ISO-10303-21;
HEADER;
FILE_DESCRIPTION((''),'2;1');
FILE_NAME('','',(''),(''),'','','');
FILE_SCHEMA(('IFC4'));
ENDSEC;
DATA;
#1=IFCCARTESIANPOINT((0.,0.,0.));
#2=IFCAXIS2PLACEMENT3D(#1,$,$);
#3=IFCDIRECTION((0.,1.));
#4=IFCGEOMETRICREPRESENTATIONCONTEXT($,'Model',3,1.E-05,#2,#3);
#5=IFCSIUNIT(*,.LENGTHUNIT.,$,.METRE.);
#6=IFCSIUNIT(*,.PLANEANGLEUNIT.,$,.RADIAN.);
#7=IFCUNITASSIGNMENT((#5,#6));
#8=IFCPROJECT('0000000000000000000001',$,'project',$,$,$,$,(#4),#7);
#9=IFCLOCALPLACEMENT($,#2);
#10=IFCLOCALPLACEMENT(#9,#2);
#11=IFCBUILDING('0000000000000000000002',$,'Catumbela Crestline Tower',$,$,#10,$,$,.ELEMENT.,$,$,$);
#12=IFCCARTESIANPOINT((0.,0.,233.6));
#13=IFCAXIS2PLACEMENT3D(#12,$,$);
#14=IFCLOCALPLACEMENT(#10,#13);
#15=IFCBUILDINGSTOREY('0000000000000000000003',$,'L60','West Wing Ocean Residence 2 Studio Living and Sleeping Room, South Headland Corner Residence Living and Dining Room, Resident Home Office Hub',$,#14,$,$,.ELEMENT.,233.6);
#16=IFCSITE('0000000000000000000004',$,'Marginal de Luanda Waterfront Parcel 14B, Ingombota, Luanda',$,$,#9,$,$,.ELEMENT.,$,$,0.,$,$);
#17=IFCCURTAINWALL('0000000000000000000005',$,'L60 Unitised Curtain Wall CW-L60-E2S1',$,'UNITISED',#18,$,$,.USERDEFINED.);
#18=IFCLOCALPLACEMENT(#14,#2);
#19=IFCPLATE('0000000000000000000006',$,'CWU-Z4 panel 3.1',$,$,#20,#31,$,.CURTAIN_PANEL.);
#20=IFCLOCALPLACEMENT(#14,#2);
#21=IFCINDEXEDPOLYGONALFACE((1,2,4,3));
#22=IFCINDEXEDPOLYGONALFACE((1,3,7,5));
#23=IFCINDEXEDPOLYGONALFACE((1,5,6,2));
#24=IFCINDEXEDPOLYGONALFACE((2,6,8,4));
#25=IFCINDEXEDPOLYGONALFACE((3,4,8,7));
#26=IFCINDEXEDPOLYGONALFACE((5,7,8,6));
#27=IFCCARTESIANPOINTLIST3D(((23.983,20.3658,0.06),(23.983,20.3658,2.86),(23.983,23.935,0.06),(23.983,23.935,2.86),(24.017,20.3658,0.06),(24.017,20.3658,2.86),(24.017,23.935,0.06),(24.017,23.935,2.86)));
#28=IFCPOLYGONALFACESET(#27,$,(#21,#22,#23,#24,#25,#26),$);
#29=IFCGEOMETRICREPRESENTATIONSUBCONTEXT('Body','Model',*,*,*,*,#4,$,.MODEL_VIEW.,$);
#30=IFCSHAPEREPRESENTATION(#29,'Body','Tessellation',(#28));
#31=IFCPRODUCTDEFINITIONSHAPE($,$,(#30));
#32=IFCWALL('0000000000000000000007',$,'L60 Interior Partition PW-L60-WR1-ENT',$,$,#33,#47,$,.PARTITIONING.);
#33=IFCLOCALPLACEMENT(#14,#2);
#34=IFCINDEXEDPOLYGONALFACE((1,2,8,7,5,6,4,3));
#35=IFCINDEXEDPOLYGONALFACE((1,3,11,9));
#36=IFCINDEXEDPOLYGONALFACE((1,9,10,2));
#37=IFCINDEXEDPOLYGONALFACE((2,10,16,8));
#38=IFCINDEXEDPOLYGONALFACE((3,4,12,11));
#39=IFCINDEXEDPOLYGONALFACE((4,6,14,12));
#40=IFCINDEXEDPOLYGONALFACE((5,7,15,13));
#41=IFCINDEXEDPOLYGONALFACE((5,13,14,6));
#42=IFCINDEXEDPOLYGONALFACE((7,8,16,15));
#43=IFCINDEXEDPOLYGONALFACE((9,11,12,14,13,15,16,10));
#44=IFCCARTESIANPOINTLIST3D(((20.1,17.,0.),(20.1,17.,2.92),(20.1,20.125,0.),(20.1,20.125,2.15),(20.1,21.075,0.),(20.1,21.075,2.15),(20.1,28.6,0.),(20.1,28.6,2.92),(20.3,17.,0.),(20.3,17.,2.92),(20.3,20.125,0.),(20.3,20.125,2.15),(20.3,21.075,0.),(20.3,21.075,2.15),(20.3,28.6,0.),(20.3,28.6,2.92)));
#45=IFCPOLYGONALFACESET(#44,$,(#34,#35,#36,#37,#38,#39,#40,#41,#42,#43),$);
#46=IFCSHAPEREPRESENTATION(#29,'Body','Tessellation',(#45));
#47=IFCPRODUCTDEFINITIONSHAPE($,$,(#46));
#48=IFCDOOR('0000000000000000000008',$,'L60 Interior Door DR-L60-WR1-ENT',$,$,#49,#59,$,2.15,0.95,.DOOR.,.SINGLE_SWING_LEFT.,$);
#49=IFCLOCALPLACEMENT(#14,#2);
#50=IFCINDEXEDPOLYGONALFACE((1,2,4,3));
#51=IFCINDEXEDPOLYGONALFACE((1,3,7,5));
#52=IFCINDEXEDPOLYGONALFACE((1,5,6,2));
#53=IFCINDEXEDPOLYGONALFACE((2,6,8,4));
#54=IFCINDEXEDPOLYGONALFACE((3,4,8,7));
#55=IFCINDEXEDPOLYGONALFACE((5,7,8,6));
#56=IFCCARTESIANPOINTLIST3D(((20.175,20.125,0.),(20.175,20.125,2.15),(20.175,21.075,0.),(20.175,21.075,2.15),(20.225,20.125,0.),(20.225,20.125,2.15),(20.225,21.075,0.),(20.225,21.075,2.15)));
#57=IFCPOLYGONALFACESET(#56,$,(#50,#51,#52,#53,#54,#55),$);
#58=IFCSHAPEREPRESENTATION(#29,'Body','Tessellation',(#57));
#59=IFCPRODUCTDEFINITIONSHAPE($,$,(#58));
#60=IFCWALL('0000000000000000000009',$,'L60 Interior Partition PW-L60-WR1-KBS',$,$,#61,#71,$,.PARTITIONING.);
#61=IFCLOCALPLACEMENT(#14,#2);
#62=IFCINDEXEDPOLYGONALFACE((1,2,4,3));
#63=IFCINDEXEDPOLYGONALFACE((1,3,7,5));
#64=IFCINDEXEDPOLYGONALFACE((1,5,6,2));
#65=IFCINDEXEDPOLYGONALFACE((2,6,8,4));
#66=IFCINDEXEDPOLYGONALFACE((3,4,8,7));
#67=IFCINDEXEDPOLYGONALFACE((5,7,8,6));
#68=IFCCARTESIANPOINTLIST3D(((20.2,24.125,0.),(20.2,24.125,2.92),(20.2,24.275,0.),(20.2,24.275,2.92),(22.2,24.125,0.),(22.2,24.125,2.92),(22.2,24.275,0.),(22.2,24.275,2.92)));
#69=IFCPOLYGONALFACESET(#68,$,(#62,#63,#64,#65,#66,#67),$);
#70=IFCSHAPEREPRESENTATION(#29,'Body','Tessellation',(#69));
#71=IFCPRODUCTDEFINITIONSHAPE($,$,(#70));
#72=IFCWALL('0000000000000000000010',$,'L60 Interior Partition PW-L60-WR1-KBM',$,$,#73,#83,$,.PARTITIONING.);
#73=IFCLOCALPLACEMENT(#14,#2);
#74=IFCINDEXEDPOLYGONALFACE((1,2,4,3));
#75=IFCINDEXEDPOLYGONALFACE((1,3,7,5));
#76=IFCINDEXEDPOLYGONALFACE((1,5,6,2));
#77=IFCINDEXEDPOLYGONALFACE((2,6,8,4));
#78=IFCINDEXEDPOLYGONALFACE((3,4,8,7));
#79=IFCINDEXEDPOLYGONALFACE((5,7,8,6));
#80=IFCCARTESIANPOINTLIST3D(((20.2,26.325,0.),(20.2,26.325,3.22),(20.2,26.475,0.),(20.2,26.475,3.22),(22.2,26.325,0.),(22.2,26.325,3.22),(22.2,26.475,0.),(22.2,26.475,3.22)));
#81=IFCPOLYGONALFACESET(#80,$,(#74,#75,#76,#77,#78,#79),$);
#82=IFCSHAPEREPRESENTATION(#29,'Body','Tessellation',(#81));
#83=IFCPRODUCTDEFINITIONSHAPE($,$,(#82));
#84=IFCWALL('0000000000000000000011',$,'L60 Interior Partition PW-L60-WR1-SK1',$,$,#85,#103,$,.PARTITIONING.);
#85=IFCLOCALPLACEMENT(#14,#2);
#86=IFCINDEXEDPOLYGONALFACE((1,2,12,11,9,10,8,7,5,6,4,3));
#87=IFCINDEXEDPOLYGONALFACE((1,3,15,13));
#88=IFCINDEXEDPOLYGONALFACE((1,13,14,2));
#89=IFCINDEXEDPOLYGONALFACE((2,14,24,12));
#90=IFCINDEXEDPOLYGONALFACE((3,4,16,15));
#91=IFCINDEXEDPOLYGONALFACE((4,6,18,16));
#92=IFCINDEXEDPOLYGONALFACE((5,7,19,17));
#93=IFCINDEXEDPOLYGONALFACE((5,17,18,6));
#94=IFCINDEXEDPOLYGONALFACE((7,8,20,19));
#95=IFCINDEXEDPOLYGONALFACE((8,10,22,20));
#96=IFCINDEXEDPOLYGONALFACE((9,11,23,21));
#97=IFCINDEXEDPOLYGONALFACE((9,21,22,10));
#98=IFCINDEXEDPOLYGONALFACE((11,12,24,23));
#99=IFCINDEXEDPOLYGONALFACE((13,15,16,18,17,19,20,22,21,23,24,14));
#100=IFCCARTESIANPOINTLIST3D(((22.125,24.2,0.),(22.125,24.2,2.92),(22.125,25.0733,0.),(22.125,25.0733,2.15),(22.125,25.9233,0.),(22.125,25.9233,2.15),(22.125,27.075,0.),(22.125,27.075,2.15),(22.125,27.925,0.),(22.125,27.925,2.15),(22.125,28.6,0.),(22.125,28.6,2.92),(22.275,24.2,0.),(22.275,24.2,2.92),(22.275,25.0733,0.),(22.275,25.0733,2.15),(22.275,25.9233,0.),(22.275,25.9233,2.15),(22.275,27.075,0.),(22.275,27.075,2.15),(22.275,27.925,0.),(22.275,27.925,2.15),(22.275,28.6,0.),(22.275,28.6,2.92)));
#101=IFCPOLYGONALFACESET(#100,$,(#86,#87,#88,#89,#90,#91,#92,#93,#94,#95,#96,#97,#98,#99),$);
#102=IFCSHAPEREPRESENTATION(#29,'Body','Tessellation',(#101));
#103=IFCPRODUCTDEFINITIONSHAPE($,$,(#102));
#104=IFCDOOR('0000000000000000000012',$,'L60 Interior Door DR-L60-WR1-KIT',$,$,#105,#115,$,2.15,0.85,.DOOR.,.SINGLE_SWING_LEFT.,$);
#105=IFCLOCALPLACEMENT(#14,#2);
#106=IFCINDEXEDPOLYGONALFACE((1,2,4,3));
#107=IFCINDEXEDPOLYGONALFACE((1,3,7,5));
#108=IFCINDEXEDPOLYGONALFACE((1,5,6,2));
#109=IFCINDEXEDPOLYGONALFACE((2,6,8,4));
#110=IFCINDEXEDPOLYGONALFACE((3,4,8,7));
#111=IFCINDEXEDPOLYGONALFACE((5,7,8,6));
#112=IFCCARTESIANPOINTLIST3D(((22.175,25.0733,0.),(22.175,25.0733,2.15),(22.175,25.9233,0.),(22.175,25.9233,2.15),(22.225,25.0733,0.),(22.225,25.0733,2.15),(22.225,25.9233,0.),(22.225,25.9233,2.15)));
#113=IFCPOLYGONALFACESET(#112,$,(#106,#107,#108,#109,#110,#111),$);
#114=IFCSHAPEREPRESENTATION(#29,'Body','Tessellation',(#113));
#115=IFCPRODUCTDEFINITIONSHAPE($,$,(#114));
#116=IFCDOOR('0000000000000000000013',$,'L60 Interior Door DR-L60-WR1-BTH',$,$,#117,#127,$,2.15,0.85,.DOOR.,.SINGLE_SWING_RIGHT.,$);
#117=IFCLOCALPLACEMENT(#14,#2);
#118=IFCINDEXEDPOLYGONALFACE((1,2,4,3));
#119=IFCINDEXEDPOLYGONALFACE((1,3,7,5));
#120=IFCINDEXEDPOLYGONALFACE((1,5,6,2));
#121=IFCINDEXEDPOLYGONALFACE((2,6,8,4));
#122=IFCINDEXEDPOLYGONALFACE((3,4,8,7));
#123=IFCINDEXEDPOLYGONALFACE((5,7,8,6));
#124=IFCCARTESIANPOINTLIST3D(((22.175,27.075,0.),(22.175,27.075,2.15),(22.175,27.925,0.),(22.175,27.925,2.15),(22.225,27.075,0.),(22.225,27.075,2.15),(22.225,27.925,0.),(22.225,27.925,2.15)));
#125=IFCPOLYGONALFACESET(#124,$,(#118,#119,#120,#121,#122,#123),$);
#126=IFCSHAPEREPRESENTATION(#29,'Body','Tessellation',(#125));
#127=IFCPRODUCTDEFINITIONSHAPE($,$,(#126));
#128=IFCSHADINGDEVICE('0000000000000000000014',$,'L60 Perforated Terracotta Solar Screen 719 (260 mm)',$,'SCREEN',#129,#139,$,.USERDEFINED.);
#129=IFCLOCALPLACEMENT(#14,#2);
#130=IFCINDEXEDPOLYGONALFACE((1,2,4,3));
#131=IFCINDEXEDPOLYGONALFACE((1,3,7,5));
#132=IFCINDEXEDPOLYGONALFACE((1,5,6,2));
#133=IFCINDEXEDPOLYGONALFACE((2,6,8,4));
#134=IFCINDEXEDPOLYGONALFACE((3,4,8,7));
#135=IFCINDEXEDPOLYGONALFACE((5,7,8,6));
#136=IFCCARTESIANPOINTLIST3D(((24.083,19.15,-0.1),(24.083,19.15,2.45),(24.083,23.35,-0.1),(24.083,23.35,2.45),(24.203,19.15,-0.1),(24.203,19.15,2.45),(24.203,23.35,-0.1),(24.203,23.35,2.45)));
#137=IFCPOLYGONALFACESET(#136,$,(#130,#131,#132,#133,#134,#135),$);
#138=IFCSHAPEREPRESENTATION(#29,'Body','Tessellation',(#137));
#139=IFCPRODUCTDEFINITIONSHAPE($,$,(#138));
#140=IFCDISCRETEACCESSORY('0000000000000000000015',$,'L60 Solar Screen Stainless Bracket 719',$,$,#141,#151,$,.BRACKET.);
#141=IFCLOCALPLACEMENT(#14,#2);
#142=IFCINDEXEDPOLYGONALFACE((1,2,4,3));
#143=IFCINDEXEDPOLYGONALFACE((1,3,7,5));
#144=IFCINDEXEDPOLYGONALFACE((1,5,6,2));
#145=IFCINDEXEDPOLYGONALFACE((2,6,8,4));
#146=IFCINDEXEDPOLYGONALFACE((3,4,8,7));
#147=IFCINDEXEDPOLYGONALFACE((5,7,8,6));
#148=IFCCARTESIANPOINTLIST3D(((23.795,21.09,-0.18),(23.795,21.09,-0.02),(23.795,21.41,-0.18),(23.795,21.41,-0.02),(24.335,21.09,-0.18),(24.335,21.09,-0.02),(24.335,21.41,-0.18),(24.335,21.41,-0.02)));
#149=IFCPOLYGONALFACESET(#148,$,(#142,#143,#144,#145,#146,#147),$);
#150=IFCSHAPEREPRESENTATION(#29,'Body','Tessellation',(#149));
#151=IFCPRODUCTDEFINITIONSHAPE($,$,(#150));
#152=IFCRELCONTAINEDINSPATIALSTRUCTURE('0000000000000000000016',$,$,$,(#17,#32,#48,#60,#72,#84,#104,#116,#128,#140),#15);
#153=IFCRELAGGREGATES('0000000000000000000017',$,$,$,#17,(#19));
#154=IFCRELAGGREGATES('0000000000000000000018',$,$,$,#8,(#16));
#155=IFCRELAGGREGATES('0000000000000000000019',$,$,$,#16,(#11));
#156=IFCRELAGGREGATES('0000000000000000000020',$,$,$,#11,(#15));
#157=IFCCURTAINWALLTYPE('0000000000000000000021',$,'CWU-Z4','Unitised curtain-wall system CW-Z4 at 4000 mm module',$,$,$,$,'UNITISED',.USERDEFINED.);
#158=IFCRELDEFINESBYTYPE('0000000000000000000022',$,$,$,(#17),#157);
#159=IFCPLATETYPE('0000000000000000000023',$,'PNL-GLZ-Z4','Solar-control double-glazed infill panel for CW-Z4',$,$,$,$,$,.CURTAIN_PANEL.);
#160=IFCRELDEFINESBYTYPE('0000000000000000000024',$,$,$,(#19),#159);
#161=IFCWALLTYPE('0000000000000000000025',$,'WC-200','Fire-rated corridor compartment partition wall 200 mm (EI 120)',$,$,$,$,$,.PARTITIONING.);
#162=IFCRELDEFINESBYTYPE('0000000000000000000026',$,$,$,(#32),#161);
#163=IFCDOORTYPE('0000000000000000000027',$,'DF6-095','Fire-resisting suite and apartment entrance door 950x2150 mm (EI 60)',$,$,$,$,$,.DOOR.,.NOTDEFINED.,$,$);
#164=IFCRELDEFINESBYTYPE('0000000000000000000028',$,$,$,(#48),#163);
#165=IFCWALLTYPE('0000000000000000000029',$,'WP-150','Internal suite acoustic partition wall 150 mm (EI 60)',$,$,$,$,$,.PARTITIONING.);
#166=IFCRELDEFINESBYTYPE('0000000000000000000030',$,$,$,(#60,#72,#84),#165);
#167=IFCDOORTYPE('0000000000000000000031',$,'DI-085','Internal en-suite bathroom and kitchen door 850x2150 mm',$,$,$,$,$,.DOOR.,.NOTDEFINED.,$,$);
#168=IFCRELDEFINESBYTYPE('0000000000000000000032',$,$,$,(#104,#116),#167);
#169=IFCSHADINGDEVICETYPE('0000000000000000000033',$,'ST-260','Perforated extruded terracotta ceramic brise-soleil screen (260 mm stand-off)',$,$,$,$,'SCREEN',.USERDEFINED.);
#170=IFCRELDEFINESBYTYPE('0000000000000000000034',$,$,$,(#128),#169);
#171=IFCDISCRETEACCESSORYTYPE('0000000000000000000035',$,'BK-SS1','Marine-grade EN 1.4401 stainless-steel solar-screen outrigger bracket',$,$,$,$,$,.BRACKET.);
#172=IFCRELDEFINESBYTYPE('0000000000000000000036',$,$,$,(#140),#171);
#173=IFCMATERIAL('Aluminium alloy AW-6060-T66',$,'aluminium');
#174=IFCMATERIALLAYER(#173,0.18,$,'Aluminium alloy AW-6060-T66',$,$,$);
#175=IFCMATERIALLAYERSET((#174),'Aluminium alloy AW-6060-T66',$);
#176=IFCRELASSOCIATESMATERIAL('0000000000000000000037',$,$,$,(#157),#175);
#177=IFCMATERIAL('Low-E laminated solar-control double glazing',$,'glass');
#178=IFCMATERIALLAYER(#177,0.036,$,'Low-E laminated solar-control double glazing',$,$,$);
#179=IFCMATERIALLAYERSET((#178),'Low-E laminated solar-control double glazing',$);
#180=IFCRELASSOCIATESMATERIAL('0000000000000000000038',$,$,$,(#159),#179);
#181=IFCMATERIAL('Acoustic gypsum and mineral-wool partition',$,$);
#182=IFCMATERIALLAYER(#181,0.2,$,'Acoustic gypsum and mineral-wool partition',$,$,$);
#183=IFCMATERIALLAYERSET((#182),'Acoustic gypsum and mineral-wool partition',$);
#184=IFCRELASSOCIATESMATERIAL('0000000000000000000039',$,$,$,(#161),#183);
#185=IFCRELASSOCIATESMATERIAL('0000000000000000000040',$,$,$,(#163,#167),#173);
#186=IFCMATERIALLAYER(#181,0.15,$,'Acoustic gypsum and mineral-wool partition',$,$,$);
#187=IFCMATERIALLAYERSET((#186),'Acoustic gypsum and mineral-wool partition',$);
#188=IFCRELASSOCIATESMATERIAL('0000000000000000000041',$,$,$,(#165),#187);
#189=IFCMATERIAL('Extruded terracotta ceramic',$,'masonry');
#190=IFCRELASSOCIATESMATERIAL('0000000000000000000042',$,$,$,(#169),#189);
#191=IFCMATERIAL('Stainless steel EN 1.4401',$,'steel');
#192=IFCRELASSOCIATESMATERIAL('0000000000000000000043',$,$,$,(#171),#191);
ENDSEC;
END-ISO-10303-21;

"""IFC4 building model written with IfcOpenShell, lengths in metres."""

from ifc_helpers import new_model, si_unit, direction, frame, frame_2d, origin, origin_2d, place, context, subcontext, project, spatial, rectangle, extrude, material, layer, layer_set, type_object, element, fill, aggregate, save


model = new_model("IFC4")

# Units and contexts
model_context = context("Model", 3, precision=1e-05, world=origin(), true_north=direction((0.0, 1.0)))
body_context = subcontext(model_context, "Body", "Model", "MODEL_VIEW")
ifc_project = project(units=[si_unit("LENGTHUNIT", "METRE"), si_unit("PLANEANGLEUNIT", "RADIAN")], contexts=[model_context])

# Site, building, storey
site_placement = place(None, origin())
site = spatial("IfcSite", under=ifc_project, at=site_placement, Name="Marginal de Luanda Waterfront Parcel 14B, Ingombota, Luanda", CompositionType="ELEMENT", RefElevation=0.0)
building_placement = place(site_placement, origin())
building = spatial("IfcBuilding", under=site, at=building_placement, Name="Catumbela Crestline Tower", CompositionType="ELEMENT")
storey_placement = place(building_placement, frame((0.0, 0.0, 233.6)))
storey = spatial("IfcBuildingStorey", under=building, at=storey_placement, Name="L60", Description="West Wing Ocean Residence 2 Studio Living and Sleeping Room, South Headland Corner Residence Living and Dining Room, Resident Home Office Hub", CompositionType="ELEMENT", Elevation=233.6)

# Curtain wall
ifc_material_1 = material(Name="Aluminium alloy AW-6060-T66", Category="aluminium")
ifc_layer_1 = layer(ifc_material_1, 0.18, Name="Aluminium alloy AW-6060-T66")
ifc_layer_set_1 = layer_set([ifc_layer_1], Name="Aluminium alloy AW-6060-T66")
curtain_wall_type = type_object("IfcCurtainWallType", Name="CWU-Z4", Description="Unitised curtain-wall system CW-Z4 at 4000 mm module", ElementType="UNITISED", PredefinedType="USERDEFINED", material=ifc_layer_set_1)
curtain_wall_placement = place(storey_placement, origin())
curtain_wall = element("IfcCurtainWall", 1, at=curtain_wall_placement, inside=storey, type_object=curtain_wall_type, Name="L60 Unitised Curtain Wall CW-L60-E2S1", ObjectType="UNITISED", PredefinedType="USERDEFINED")

# Plate
ifc_material_2 = material(Name="Low-E laminated solar-control double glazing", Category="glass")
ifc_layer_2 = layer(ifc_material_2, 0.036, Name="Low-E laminated solar-control double glazing")
ifc_layer_set_2 = layer_set([ifc_layer_2], Name="Low-E laminated solar-control double glazing")
plate_type = type_object("IfcPlateType", Name="PNL-GLZ-Z4", Description="Solar-control double-glazed infill panel for CW-Z4", PredefinedType="CURTAIN_PANEL", material=ifc_layer_set_2)
plate_1_placement = place(storey_placement, frame((24.0, 22.1504, 0.06), z_axis=(0.0, 0.0, 1.0), x_axis=(0.0, 1.0, 0.0)))
plate_1 = element("IfcPlate", 2, at=plate_1_placement, type_object=plate_type, Name="CWU-Z4 panel 3.1", PredefinedType="CURTAIN_PANEL", context=body_context, shape_type="SweptSolid", body=[
    extrude(rectangle(XDim=3.5692, YDim=0.034, at=origin_2d()), origin(), (0.0, 0.0, 1.0), 2.8),
])
aggregate(curtain_wall, [plate_1])

# Wall, opening, door
ifc_material_3 = material(Name="Acoustic gypsum and mineral-wool partition")
ifc_layer_3 = layer(ifc_material_3, 0.2, Name="Acoustic gypsum and mineral-wool partition")
ifc_layer_set_3 = layer_set([ifc_layer_3], Name="Acoustic gypsum and mineral-wool partition")
wall_type_1 = type_object("IfcWallType", Name="WC-200", Description="Fire-rated corridor compartment partition wall 200 mm (EI 120)", PredefinedType="PARTITIONING", material=ifc_layer_set_3)
wall_1_placement = place(storey_placement, frame((20.2, 17.0, 0.0), z_axis=(0.0, 0.0, 1.0), x_axis=(0.0, 1.0, 0.0)))
wall_1 = element("IfcWall", 3, at=wall_1_placement, inside=storey, type_object=wall_type_1, Name="L60 Interior Partition PW-L60-WR1-ENT", PredefinedType="PARTITIONING", context=body_context, shape_type="SweptSolid", body=[
    extrude(rectangle(XDim=11.6, YDim=0.2, at=frame_2d((5.8, 0.0))), origin(), (0.0, 0.0, 1.0), 2.92),
])
opening_1_placement = place(wall_1_placement, frame((3.125, 0.0, 0.0)))
opening_1 = element("IfcOpeningElement", 4, at=opening_1_placement, cuts=wall_1, PredefinedType="OPENING", context=body_context, shape_type="SweptSolid", body=[
    extrude(rectangle(XDim=0.95, YDim=2.15, at=frame_2d((0.475, 1.075))), frame((0.0, 0.11, 0.0), z_axis=(0.0, -1.0, 0.0), x_axis=(1.0, 0.0, 0.0)), (0.0, 0.0, 1.0), 0.22),
])
door_type_1 = type_object("IfcDoorType", Name="DF6-095", Description="Fire-resisting suite and apartment entrance door 950x2150 mm (EI 60)", OperationType="NOTDEFINED", PredefinedType="DOOR", material=ifc_material_1)
door_1_placement = place(opening_1_placement, origin())
door_1 = element("IfcDoor", 5, at=door_1_placement, inside=storey, type_object=door_type_1, Name="L60 Interior Door DR-L60-WR1-ENT", OperationType="SINGLE_SWING_LEFT", OverallHeight=2.15, OverallWidth=0.95, PredefinedType="DOOR", context=body_context, shape_type="SweptSolid", body=[
    extrude(rectangle(XDim=0.95, YDim=2.15, at=frame_2d((0.475, 1.075))), frame((0.0, 0.025, 0.0), z_axis=(0.0, -1.0, 0.0), x_axis=(1.0, 0.0, 0.0)), (0.0, 0.0, 1.0), 0.05),
])
fill(opening_1, door_1)

# Walls
ifc_layer_4 = layer(ifc_material_3, 0.15, Name="Acoustic gypsum and mineral-wool partition")
ifc_layer_set_4 = layer_set([ifc_layer_4], Name="Acoustic gypsum and mineral-wool partition")
wall_type_2 = type_object("IfcWallType", Name="WP-150", Description="Internal suite acoustic partition wall 150 mm (EI 60)", PredefinedType="PARTITIONING", material=ifc_layer_set_4)
wall_2_placement = place(storey_placement, frame((20.2, 24.2, 0.0), z_axis=(0.0, 0.0, 1.0), x_axis=(1.0, 0.0, 0.0)))
element("IfcWall", 6, at=wall_2_placement, inside=storey, type_object=wall_type_2, Name="L60 Interior Partition PW-L60-WR1-KBS", PredefinedType="PARTITIONING", context=body_context, shape_type="SweptSolid", body=[
    extrude(rectangle(XDim=2.0, YDim=0.15, at=frame_2d((1.0, 0.0))), origin(), (0.0, 0.0, 1.0), 2.92),
])
wall_3_placement = place(storey_placement, frame((20.2, 26.4, 0.0), z_axis=(0.0, 0.0, 1.0), x_axis=(1.0, 0.0, 0.0)))
element("IfcWall", 7, at=wall_3_placement, inside=storey, type_object=wall_type_2, Name="L60 Interior Partition PW-L60-WR1-KBM", PredefinedType="PARTITIONING", context=body_context, shape_type="SweptSolid", body=[
    extrude(rectangle(XDim=2.0, YDim=0.15, at=frame_2d((1.0, 0.0))), origin(), (0.0, 0.0, 1.0), 3.22),
])

# Wall, openings, doors
wall_4_placement = place(storey_placement, frame((22.2, 24.2, 0.0), z_axis=(0.0, 0.0, 1.0), x_axis=(0.0, 1.0, 0.0)))
wall_4 = element("IfcWall", 8, at=wall_4_placement, inside=storey, type_object=wall_type_2, Name="L60 Interior Partition PW-L60-WR1-SK1", PredefinedType="PARTITIONING", context=body_context, shape_type="SweptSolid", body=[
    extrude(rectangle(XDim=4.4, YDim=0.15, at=frame_2d((2.2, 0.0))), origin(), (0.0, 0.0, 1.0), 2.92),
])
opening_2_placement = place(wall_4_placement, frame((0.8733, 0.0, 0.0)))
opening_2 = element("IfcOpeningElement", 9, at=opening_2_placement, cuts=wall_4, PredefinedType="OPENING", context=body_context, shape_type="SweptSolid", body=[
    extrude(rectangle(XDim=0.85, YDim=2.15, at=frame_2d((0.425, 1.075))), frame((0.0, 0.085, 0.0), z_axis=(0.0, -1.0, 0.0), x_axis=(1.0, 0.0, 0.0)), (0.0, 0.0, 1.0), 0.17),
])
opening_3_placement = place(wall_4_placement, frame((2.875, 0.0, 0.0)))
opening_3 = element("IfcOpeningElement", 10, at=opening_3_placement, cuts=wall_4, PredefinedType="OPENING", context=body_context, shape_type="SweptSolid", body=[
    extrude(rectangle(XDim=0.85, YDim=2.15, at=frame_2d((0.425, 1.075))), frame((0.0, 0.085, 0.0), z_axis=(0.0, -1.0, 0.0), x_axis=(1.0, 0.0, 0.0)), (0.0, 0.0, 1.0), 0.17),
])
door_type_2 = type_object("IfcDoorType", Name="DI-085", Description="Internal en-suite bathroom and kitchen door 850x2150 mm", OperationType="NOTDEFINED", PredefinedType="DOOR", material=ifc_material_1)
door_2_placement = place(opening_2_placement, origin())
door_2 = element("IfcDoor", 11, at=door_2_placement, inside=storey, type_object=door_type_2, Name="L60 Interior Door DR-L60-WR1-KIT", OperationType="SINGLE_SWING_LEFT", OverallHeight=2.15, OverallWidth=0.85, PredefinedType="DOOR", context=body_context, shape_type="SweptSolid", body=[
    extrude(rectangle(XDim=0.85, YDim=2.15, at=frame_2d((0.425, 1.075))), frame((0.0, 0.025, 0.0), z_axis=(0.0, -1.0, 0.0), x_axis=(1.0, 0.0, 0.0)), (0.0, 0.0, 1.0), 0.05),
])
fill(opening_2, door_2)
door_3_placement = place(opening_3_placement, origin())
door_3 = element("IfcDoor", 12, at=door_3_placement, inside=storey, type_object=door_type_2, Name="L60 Interior Door DR-L60-WR1-BTH", OperationType="SINGLE_SWING_RIGHT", OverallHeight=2.15, OverallWidth=0.85, PredefinedType="DOOR", context=body_context, shape_type="SweptSolid", body=[
    extrude(rectangle(XDim=0.85, YDim=2.15, at=frame_2d((0.425, 1.075))), frame((0.0, 0.025, 0.0), z_axis=(0.0, -1.0, 0.0), x_axis=(1.0, 0.0, 0.0)), (0.0, 0.0, 1.0), 0.05),
])
fill(opening_3, door_3)

# Shading device
ifc_material_4 = material(Name="Extruded terracotta ceramic", Category="masonry")
shading_device_type = type_object("IfcShadingDeviceType", Name="ST-260", Description="Perforated extruded terracotta ceramic brise-soleil screen (260 mm stand-off)", ElementType="SCREEN", PredefinedType="USERDEFINED", material=ifc_material_4)
shading_device_placement = place(storey_placement, frame((24.143, 21.25, -0.1), z_axis=(0.0, 0.0, 1.0), x_axis=(0.0, 1.0, 0.0)))
element("IfcShadingDevice", 13, at=shading_device_placement, inside=storey, type_object=shading_device_type, Name="L60 Perforated Terracotta Solar Screen 719 (260 mm)", ObjectType="SCREEN", PredefinedType="USERDEFINED", context=body_context, shape_type="SweptSolid", body=[
    extrude(rectangle(XDim=4.2, YDim=0.12, at=origin_2d()), origin(), (0.0, 0.0, 1.0), 2.55),
])

# Discrete accessory
ifc_material_5 = material(Name="Stainless steel EN 1.4401", Category="steel")
discrete_accessory_type = type_object("IfcDiscreteAccessoryType", Name="BK-SS1", Description="Marine-grade EN 1.4401 stainless-steel solar-screen outrigger bracket", PredefinedType="BRACKET", material=ifc_material_5)
discrete_accessory_placement = place(storey_placement, frame((24.065, 21.25, -0.18), z_axis=(0.0, 0.0, 1.0), x_axis=(0.0, 1.0, 0.0)))
element("IfcDiscreteAccessory", 14, at=discrete_accessory_placement, inside=storey, type_object=discrete_accessory_type, Name="L60 Solar Screen Stainless Bracket 719", PredefinedType="BRACKET", context=body_context, shape_type="SweptSolid", body=[
    extrude(rectangle(XDim=0.32, YDim=0.54, at=origin_2d()), origin(), (0.0, 0.0, 1.0), 0.16),
])

save(model, "model.ifc")
